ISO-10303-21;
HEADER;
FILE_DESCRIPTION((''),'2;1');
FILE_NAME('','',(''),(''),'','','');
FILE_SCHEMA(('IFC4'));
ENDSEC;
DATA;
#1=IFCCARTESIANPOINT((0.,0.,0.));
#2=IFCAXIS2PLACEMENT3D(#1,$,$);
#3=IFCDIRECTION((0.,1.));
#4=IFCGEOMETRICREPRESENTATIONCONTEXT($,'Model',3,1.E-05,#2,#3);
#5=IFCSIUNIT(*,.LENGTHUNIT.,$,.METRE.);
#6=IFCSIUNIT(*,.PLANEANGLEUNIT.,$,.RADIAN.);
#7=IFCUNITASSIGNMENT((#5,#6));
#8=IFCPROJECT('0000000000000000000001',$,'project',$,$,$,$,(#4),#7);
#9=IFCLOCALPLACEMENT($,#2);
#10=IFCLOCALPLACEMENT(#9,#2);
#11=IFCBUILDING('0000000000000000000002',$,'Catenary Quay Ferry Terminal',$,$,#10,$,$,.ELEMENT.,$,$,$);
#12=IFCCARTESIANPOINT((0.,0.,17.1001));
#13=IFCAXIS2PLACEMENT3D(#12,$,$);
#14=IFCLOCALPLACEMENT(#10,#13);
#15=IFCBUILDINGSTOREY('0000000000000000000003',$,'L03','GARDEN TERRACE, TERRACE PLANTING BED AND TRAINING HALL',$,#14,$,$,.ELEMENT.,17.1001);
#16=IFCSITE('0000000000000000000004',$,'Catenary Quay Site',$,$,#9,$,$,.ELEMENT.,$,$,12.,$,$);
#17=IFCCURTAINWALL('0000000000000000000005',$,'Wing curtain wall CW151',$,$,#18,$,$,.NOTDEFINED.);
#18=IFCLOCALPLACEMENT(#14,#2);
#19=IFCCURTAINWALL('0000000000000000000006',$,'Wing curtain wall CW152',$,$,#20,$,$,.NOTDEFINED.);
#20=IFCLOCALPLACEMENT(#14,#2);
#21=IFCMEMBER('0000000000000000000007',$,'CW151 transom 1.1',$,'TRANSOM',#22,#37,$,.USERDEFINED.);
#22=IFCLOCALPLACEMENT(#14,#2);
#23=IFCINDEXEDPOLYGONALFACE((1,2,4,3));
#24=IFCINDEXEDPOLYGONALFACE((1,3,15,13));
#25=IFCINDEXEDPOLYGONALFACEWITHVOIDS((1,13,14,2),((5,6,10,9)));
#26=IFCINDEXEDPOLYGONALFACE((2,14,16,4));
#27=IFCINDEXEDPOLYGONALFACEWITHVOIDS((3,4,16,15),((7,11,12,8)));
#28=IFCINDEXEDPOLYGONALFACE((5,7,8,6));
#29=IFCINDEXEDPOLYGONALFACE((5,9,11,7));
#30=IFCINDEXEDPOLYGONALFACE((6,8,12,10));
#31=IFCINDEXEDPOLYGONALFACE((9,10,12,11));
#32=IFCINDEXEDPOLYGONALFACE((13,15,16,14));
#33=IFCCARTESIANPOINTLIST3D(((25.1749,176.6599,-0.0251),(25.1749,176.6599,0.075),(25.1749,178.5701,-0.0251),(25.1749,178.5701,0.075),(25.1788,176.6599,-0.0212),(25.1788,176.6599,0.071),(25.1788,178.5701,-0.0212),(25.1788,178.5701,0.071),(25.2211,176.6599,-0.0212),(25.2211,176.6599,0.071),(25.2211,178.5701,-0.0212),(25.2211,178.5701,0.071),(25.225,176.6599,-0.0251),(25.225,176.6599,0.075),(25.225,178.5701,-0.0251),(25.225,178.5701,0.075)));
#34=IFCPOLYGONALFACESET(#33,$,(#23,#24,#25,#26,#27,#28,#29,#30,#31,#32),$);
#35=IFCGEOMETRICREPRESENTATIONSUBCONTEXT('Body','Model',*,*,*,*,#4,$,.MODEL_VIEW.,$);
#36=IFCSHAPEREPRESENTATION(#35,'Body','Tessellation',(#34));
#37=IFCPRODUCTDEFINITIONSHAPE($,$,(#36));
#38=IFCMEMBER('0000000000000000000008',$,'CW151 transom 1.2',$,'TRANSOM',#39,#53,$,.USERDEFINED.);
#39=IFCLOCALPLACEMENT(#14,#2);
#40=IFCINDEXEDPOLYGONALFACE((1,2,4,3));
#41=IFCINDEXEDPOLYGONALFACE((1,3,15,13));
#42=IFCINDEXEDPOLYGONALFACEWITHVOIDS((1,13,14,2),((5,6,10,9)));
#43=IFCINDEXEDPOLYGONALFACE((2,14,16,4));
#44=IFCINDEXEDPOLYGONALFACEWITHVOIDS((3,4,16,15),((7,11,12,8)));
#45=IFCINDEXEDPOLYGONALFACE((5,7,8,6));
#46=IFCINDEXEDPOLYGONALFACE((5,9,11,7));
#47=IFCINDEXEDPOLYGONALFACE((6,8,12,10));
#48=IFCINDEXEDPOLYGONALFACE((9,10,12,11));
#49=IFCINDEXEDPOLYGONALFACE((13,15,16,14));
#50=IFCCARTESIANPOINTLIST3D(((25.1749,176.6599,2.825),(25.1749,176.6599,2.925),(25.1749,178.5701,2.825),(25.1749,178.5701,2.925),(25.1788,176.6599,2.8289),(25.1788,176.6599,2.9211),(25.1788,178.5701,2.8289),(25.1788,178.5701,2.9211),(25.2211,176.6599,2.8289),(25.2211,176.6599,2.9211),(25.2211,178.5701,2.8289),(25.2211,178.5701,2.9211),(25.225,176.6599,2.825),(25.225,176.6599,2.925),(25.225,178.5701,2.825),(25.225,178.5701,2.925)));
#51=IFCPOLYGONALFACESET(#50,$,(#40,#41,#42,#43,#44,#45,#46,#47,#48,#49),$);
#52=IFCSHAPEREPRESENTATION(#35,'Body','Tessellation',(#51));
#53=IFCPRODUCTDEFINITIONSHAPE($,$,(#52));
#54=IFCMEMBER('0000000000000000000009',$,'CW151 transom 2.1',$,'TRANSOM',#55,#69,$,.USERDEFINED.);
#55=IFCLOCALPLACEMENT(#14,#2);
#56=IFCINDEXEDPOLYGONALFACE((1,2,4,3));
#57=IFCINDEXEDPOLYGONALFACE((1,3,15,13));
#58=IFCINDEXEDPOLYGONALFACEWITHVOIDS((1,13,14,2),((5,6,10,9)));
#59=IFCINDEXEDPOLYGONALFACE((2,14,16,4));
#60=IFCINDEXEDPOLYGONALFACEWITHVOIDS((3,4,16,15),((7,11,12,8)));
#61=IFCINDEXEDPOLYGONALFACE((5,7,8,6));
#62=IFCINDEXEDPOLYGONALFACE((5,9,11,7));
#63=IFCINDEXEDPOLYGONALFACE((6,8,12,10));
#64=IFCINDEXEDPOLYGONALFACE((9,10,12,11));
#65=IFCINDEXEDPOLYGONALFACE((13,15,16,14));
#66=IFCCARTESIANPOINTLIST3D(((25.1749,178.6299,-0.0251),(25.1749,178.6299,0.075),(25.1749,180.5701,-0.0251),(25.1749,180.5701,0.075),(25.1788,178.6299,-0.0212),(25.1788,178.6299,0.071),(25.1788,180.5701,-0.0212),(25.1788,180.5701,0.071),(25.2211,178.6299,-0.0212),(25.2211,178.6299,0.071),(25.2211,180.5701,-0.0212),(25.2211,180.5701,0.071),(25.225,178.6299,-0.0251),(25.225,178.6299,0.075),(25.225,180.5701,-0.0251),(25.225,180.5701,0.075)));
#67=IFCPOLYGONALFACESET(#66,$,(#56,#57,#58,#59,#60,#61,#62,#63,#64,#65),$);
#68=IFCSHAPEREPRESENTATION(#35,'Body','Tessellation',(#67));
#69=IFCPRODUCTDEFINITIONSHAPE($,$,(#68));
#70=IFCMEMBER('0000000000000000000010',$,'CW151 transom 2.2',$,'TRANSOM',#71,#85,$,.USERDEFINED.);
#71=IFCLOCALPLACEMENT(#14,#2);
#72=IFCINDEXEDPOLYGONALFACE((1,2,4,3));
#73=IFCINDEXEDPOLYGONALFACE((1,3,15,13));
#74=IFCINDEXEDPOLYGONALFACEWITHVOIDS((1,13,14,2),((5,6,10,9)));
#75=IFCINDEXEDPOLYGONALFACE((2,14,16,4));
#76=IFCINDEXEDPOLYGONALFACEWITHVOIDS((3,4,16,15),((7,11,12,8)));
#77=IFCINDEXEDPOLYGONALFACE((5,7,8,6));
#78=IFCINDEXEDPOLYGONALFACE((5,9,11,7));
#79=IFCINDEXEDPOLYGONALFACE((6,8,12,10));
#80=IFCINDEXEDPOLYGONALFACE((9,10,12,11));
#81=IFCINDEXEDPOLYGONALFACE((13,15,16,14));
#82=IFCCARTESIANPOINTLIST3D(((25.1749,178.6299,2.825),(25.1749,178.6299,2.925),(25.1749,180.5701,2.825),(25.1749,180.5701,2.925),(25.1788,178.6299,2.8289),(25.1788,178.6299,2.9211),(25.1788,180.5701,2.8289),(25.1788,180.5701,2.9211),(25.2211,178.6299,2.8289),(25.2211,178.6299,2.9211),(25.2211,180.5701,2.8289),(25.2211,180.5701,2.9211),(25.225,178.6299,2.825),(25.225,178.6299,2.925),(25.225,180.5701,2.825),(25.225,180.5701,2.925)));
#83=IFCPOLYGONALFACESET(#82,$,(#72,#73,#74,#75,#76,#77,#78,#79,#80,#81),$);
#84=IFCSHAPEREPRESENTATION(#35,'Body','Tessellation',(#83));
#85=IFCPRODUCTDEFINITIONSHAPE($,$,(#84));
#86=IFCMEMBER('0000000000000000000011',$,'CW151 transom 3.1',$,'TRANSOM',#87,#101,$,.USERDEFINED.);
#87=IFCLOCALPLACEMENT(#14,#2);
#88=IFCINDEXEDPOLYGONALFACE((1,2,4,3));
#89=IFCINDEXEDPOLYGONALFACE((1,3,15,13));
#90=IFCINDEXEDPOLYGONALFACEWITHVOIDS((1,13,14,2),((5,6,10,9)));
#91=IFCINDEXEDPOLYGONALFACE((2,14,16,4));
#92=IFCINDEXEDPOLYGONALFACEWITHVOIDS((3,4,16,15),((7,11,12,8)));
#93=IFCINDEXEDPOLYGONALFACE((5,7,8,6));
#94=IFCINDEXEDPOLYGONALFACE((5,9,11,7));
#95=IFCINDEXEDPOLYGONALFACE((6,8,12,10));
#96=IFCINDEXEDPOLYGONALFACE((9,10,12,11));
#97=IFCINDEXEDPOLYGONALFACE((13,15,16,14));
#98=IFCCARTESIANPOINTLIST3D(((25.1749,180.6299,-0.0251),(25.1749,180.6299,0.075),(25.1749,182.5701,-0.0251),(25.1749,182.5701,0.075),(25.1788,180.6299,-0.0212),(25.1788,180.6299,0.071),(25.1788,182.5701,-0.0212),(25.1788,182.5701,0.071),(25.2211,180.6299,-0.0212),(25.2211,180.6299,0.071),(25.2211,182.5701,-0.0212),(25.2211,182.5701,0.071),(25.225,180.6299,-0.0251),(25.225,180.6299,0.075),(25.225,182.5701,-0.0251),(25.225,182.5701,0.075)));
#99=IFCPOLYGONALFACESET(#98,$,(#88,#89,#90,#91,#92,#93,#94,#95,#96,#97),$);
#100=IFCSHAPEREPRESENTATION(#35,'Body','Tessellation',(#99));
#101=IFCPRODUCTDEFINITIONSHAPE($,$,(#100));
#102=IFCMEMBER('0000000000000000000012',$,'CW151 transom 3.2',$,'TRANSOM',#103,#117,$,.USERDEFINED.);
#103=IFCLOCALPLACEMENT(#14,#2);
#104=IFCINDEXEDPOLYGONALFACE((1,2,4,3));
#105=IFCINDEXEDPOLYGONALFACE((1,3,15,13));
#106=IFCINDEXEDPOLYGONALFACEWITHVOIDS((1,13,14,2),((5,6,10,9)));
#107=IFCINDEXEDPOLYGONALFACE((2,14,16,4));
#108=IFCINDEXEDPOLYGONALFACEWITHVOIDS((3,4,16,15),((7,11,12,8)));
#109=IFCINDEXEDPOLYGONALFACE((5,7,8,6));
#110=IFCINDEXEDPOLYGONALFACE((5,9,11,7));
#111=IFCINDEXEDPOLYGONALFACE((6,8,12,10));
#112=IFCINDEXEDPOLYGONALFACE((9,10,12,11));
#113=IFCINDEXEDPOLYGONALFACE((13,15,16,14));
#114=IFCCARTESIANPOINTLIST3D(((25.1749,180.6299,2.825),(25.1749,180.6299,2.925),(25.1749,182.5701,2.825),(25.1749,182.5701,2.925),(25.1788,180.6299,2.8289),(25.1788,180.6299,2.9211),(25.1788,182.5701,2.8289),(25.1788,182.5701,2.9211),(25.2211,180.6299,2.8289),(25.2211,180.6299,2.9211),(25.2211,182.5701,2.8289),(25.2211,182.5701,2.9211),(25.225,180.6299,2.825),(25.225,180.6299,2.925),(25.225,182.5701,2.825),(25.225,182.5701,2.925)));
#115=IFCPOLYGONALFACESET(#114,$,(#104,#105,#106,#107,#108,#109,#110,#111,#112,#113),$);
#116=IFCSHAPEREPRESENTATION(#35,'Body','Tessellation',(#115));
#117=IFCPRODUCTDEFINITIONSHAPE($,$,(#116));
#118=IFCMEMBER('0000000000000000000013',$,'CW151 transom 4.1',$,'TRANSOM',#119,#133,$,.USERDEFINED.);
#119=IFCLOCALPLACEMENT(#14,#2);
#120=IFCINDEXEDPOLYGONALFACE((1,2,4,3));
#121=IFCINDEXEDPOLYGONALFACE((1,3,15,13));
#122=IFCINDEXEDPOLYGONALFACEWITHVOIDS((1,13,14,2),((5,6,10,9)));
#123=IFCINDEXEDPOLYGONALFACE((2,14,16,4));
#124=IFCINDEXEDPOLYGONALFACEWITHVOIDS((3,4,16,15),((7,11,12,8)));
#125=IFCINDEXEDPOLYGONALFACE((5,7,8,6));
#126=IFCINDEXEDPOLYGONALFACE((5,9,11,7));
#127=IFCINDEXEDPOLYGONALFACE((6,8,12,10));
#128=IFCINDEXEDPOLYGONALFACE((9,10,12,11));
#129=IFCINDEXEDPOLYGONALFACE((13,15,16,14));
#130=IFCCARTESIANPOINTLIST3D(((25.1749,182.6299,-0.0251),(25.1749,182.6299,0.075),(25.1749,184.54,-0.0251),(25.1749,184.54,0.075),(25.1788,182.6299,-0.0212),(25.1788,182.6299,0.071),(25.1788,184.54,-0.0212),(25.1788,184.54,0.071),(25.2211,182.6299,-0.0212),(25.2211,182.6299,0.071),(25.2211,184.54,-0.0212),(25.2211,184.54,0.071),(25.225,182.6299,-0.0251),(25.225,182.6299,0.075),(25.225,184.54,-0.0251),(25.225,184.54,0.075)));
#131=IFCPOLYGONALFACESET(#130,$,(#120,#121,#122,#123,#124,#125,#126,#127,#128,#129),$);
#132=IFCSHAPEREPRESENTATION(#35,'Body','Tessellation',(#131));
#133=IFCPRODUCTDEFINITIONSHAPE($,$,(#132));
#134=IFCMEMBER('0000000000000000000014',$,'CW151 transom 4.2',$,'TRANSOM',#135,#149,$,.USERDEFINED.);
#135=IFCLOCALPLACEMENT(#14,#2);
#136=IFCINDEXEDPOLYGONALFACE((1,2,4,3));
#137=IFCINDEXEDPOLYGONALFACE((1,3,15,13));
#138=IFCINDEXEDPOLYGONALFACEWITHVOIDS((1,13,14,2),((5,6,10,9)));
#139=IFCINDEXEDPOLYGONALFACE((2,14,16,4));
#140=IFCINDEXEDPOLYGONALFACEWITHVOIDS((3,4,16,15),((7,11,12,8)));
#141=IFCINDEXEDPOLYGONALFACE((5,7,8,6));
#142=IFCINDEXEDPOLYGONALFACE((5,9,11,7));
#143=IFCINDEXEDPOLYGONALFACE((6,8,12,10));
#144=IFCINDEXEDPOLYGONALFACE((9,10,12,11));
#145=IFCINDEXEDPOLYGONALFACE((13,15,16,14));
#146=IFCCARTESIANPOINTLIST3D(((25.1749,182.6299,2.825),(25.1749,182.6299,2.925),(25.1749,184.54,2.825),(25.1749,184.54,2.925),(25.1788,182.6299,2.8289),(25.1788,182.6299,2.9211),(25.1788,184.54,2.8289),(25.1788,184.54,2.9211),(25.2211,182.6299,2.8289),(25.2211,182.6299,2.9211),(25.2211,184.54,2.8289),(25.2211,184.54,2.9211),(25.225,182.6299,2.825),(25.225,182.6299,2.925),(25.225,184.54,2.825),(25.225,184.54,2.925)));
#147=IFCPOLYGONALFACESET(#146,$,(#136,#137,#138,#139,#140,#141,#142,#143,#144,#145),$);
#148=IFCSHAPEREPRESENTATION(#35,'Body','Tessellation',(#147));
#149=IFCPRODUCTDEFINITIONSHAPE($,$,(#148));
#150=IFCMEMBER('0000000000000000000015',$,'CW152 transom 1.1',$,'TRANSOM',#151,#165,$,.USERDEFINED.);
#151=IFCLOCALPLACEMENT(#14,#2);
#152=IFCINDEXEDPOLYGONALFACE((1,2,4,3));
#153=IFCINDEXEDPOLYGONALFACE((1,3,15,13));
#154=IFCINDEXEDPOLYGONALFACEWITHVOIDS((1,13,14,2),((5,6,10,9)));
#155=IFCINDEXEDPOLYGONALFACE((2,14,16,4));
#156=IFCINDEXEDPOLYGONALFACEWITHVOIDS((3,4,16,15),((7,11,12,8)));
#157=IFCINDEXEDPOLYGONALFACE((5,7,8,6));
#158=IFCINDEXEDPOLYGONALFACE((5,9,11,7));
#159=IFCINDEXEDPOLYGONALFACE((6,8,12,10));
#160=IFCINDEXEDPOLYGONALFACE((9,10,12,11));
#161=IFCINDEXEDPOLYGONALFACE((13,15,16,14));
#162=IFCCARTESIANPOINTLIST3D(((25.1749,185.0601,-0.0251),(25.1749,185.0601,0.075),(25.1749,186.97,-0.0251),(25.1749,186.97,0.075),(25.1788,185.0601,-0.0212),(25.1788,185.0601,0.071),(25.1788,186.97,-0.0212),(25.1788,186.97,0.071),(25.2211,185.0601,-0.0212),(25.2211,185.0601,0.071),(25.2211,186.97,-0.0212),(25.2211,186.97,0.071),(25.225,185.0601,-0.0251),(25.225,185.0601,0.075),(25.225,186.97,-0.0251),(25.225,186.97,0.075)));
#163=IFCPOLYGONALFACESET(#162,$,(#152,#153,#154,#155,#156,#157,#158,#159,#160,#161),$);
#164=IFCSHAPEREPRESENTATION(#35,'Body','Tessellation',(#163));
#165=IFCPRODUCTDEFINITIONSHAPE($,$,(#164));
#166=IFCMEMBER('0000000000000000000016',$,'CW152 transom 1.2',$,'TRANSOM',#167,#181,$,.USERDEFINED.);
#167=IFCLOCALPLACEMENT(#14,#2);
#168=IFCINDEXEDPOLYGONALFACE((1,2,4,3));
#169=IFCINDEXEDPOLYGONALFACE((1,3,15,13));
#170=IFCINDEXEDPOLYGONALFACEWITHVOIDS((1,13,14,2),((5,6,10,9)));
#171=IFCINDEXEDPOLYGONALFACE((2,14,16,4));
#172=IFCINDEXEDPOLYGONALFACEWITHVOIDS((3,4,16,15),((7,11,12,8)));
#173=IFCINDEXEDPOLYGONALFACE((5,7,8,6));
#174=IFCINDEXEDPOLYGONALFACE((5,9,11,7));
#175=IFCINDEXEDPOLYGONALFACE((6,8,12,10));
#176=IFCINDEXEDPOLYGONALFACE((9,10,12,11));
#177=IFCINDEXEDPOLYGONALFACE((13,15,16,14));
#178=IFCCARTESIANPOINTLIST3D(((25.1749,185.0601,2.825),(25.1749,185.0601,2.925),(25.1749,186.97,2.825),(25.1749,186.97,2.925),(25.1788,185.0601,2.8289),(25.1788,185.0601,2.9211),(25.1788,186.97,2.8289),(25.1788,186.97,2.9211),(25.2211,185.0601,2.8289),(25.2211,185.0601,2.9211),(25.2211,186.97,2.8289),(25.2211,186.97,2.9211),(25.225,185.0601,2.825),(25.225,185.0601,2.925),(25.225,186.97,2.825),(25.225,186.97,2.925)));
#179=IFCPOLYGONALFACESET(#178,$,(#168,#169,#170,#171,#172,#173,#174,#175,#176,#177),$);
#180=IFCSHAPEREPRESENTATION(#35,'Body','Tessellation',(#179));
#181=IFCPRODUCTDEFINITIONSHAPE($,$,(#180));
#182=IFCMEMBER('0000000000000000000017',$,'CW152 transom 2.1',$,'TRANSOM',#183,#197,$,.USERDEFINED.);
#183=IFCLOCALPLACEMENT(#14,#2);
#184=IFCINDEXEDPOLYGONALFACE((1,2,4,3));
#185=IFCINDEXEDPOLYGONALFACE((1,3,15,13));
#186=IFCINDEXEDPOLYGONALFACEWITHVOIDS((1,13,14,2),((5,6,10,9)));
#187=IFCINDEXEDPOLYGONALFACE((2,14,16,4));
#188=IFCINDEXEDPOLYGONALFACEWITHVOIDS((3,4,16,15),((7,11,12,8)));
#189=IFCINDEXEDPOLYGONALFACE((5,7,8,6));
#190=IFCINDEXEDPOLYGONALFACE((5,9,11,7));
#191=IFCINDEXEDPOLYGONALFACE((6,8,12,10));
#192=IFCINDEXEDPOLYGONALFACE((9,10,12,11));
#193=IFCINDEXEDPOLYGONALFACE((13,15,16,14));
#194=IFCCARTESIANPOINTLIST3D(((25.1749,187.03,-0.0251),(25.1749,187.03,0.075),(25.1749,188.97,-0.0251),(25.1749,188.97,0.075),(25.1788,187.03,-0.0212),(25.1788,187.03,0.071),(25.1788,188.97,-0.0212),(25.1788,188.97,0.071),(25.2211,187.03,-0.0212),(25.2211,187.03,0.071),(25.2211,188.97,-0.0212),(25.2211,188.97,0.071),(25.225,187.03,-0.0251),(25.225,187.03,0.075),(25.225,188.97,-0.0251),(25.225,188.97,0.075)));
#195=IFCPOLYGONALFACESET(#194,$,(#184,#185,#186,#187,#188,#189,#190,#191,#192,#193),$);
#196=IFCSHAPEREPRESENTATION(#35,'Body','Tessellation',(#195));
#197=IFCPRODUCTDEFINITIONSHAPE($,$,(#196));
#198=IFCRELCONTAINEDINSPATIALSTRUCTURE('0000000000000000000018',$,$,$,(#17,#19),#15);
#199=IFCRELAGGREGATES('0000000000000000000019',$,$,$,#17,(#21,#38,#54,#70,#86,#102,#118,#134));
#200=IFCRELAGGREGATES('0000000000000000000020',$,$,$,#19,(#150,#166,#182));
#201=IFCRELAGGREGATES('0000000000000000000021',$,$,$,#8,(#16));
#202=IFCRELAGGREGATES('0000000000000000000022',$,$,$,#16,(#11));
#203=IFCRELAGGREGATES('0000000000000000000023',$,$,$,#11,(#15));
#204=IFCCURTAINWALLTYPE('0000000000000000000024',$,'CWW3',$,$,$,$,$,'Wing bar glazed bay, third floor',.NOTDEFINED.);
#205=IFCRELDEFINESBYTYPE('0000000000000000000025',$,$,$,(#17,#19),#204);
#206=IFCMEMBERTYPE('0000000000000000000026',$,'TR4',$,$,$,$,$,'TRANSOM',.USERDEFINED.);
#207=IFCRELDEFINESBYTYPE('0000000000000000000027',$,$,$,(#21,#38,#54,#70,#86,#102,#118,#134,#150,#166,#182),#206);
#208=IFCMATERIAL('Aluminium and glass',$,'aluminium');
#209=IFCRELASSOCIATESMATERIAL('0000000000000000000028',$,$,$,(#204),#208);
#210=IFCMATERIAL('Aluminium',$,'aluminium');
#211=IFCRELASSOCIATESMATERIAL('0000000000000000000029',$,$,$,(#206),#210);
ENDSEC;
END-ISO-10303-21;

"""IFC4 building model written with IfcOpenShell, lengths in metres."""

from ifc_helpers import new_model, si_unit, direction, frame, origin, origin_2d, place, context, subcontext, project, spatial, hollow_rectangle, extrude, material, material_profile, profile_set, type_object, element, aggregate, save


model = new_model("IFC4")

# Units and contexts
model_context = context("Model", 3, precision=1e-05, world=origin(), true_north=direction((0.0, 1.0)))
body_context = subcontext(model_context, "Body", "Model", "MODEL_VIEW")
ifc_project = project(units=[si_unit("LENGTHUNIT", "METRE"), si_unit("PLANEANGLEUNIT", "RADIAN")], contexts=[model_context])

# Site, building, storey
site_placement = place(None, origin())
site = spatial("IfcSite", under=ifc_project, at=site_placement, Name="Catenary Quay Site", CompositionType="ELEMENT", RefElevation=12.0)
building_placement = place(site_placement, origin())
building = spatial("IfcBuilding", under=site, at=building_placement, Name="Catenary Quay Ferry Terminal", CompositionType="ELEMENT")
storey_placement = place(building_placement, frame((0.0, 0.0, 17.1001)))
storey = spatial("IfcBuildingStorey", under=building, at=storey_placement, Name="L03", Description="GARDEN TERRACE, TERRACE PLANTING BED AND TRAINING HALL", CompositionType="ELEMENT", Elevation=17.1001)

# Curtain walls
ifc_material_1 = material(Name="Aluminium and glass", Category="aluminium")
curtain_wall_type = type_object("IfcCurtainWallType", Name="CWW3", ElementType="Wing bar glazed bay, third floor", PredefinedType="NOTDEFINED", material=ifc_material_1)
curtain_wall_1_placement = place(storey_placement, origin())
curtain_wall_1 = element("IfcCurtainWall", 1, at=curtain_wall_1_placement, inside=storey, type_object=curtain_wall_type, Name="Wing curtain wall CW151", PredefinedType="NOTDEFINED")
curtain_wall_2_placement = place(storey_placement, origin())
curtain_wall_2 = element("IfcCurtainWall", 2, at=curtain_wall_2_placement, inside=storey, type_object=curtain_wall_type, Name="Wing curtain wall CW152", PredefinedType="NOTDEFINED")

# Members
ifc_material_2 = material(Name="Aluminium", Category="aluminium")
ifc_material_profile_1 = material_profile(ifc_material_2, hollow_rectangle(XDim=0.05, YDim=0.1001, WallThickness=0.0039, at=origin_2d()), Name="TR4")
ifc_profile_set_1 = profile_set([ifc_material_profile_1], Name="Aluminium")
member_type_1 = type_object("IfcMemberType", Name="TR4", ElementType="TRANSOM", PredefinedType="USERDEFINED", material=ifc_profile_set_1)
member_1_placement = place(storey_placement, frame((25.2, 176.6599, 0.0249), z_axis=(0.0, 1.0, 0.0), x_axis=(-1.0, 0.0, 0.0)))
member_1 = element("IfcMember", 3, at=member_1_placement, type_object=member_type_1, Name="CW151 transom 1.1", ObjectType="TRANSOM", PredefinedType="USERDEFINED", context=body_context, shape_type="SweptSolid", body=[
    extrude(hollow_rectangle(XDim=0.05, YDim=0.1001, WallThickness=0.0039, at=origin_2d()), origin(), (0.0, 0.0, 1.0), 1.9102),
])
member_2_placement = place(storey_placement, frame((25.2, 176.6599, 2.875), z_axis=(0.0, 1.0, 0.0), x_axis=(-1.0, 0.0, 0.0)))
member_2 = element("IfcMember", 4, at=member_2_placement, type_object=member_type_1, Name="CW151 transom 1.2", ObjectType="TRANSOM", PredefinedType="USERDEFINED", context=body_context, shape_type="SweptSolid", body=[
    extrude(hollow_rectangle(XDim=0.05, YDim=0.1001, WallThickness=0.0039, at=origin_2d()), origin(), (0.0, 0.0, 1.0), 1.9102),
])
member_3_placement = place(storey_placement, frame((25.2, 178.6299, 0.0249), z_axis=(0.0, 1.0, 0.0), x_axis=(-1.0, 0.0, 0.0)))
member_3 = element("IfcMember", 5, at=member_3_placement, type_object=member_type_1, Name="CW151 transom 2.1", ObjectType="TRANSOM", PredefinedType="USERDEFINED", context=body_context, shape_type="SweptSolid", body=[
    extrude(hollow_rectangle(XDim=0.05, YDim=0.1001, WallThickness=0.0039, at=origin_2d()), origin(), (0.0, 0.0, 1.0), 1.9402),
])
member_4_placement = place(storey_placement, frame((25.2, 178.6299, 2.875), z_axis=(0.0, 1.0, 0.0), x_axis=(-1.0, 0.0, 0.0)))
member_4 = element("IfcMember", 6, at=member_4_placement, type_object=member_type_1, Name="CW151 transom 2.2", ObjectType="TRANSOM", PredefinedType="USERDEFINED", context=body_context, shape_type="SweptSolid", body=[
    extrude(hollow_rectangle(XDim=0.05, YDim=0.1001, WallThickness=0.0039, at=origin_2d()), origin(), (0.0, 0.0, 1.0), 1.9402),
])
member_5_placement = place(storey_placement, frame((25.2, 180.6299, 0.0249), z_axis=(0.0, 1.0, 0.0), x_axis=(-1.0, 0.0, 0.0)))
member_5 = element("IfcMember", 7, at=member_5_placement, type_object=member_type_1, Name="CW151 transom 3.1", ObjectType="TRANSOM", PredefinedType="USERDEFINED", context=body_context, shape_type="SweptSolid", body=[
    extrude(hollow_rectangle(XDim=0.05, YDim=0.1001, WallThickness=0.0039, at=origin_2d()), origin(), (0.0, 0.0, 1.0), 1.9402),
])
member_6_placement = place(storey_placement, frame((25.2, 180.6299, 2.875), z_axis=(0.0, 1.0, 0.0), x_axis=(-1.0, 0.0, 0.0)))
member_6 = element("IfcMember", 8, at=member_6_placement, type_object=member_type_1, Name="CW151 transom 3.2", ObjectType="TRANSOM", PredefinedType="USERDEFINED", context=body_context, shape_type="SweptSolid", body=[
    extrude(hollow_rectangle(XDim=0.05, YDim=0.1001, WallThickness=0.0039, at=origin_2d()), origin(), (0.0, 0.0, 1.0), 1.9402),
])
member_7_placement = place(storey_placement, frame((25.2, 182.6299, 0.0249), z_axis=(0.0, 1.0, 0.0), x_axis=(-1.0, 0.0, 0.0)))
member_7 = element("IfcMember", 9, at=member_7_placement, type_object=member_type_1, Name="CW151 transom 4.1", ObjectType="TRANSOM", PredefinedType="USERDEFINED", context=body_context, shape_type="SweptSolid", body=[
    extrude(hollow_rectangle(XDim=0.05, YDim=0.1001, WallThickness=0.0039, at=origin_2d()), origin(), (0.0, 0.0, 1.0), 1.9102),
])
member_8_placement = place(storey_placement, frame((25.2, 182.6299, 2.875), z_axis=(0.0, 1.0, 0.0), x_axis=(-1.0, 0.0, 0.0)))
member_8 = element("IfcMember", 10, at=member_8_placement, type_object=member_type_1, Name="CW151 transom 4.2", ObjectType="TRANSOM", PredefinedType="USERDEFINED", context=body_context, shape_type="SweptSolid", body=[
    extrude(hollow_rectangle(XDim=0.05, YDim=0.1001, WallThickness=0.0039, at=origin_2d()), origin(), (0.0, 0.0, 1.0), 1.9102),
])
member_9_placement = place(storey_placement, frame((25.2, 185.0601, 0.0249), z_axis=(0.0, 1.0, 0.0), x_axis=(-1.0, 0.0, 0.0)))
member_9 = element("IfcMember", 11, at=member_9_placement, type_object=member_type_1, Name="CW152 transom 1.1", ObjectType="TRANSOM", PredefinedType="USERDEFINED", context=body_context, shape_type="SweptSolid", body=[
    extrude(hollow_rectangle(XDim=0.05, YDim=0.1001, WallThickness=0.0039, at=origin_2d()), origin(), (0.0, 0.0, 1.0), 1.9099),
])
member_10_placement = place(storey_placement, frame((25.2, 185.0601, 2.875), z_axis=(0.0, 1.0, 0.0), x_axis=(-1.0, 0.0, 0.0)))
member_10 = element("IfcMember", 12, at=member_10_placement, type_object=member_type_1, Name="CW152 transom 1.2", ObjectType="TRANSOM", PredefinedType="USERDEFINED", context=body_context, shape_type="SweptSolid", body=[
    extrude(hollow_rectangle(XDim=0.05, YDim=0.1001, WallThickness=0.0039, at=origin_2d()), origin(), (0.0, 0.0, 1.0), 1.9099),
])
member_11_placement = place(storey_placement, frame((25.2, 187.03, 0.0249), z_axis=(0.0, 1.0, 0.0), x_axis=(-1.0, 0.0, 0.0)))
member_11 = element("IfcMember", 13, at=member_11_placement, type_object=member_type_1, Name="CW152 transom 2.1", ObjectType="TRANSOM", PredefinedType="USERDEFINED", context=body_context, shape_type="SweptSolid", body=[
    extrude(hollow_rectangle(XDim=0.05, YDim=0.1001, WallThickness=0.0039, at=origin_2d()), origin(), (0.0, 0.0, 1.0), 1.9399),
])

aggregate(curtain_wall_1, [member_1, member_2, member_3, member_4, member_5, member_6, member_7, member_8])
aggregate(curtain_wall_2, [member_9, member_10, member_11])

save(model, "model.ifc")
